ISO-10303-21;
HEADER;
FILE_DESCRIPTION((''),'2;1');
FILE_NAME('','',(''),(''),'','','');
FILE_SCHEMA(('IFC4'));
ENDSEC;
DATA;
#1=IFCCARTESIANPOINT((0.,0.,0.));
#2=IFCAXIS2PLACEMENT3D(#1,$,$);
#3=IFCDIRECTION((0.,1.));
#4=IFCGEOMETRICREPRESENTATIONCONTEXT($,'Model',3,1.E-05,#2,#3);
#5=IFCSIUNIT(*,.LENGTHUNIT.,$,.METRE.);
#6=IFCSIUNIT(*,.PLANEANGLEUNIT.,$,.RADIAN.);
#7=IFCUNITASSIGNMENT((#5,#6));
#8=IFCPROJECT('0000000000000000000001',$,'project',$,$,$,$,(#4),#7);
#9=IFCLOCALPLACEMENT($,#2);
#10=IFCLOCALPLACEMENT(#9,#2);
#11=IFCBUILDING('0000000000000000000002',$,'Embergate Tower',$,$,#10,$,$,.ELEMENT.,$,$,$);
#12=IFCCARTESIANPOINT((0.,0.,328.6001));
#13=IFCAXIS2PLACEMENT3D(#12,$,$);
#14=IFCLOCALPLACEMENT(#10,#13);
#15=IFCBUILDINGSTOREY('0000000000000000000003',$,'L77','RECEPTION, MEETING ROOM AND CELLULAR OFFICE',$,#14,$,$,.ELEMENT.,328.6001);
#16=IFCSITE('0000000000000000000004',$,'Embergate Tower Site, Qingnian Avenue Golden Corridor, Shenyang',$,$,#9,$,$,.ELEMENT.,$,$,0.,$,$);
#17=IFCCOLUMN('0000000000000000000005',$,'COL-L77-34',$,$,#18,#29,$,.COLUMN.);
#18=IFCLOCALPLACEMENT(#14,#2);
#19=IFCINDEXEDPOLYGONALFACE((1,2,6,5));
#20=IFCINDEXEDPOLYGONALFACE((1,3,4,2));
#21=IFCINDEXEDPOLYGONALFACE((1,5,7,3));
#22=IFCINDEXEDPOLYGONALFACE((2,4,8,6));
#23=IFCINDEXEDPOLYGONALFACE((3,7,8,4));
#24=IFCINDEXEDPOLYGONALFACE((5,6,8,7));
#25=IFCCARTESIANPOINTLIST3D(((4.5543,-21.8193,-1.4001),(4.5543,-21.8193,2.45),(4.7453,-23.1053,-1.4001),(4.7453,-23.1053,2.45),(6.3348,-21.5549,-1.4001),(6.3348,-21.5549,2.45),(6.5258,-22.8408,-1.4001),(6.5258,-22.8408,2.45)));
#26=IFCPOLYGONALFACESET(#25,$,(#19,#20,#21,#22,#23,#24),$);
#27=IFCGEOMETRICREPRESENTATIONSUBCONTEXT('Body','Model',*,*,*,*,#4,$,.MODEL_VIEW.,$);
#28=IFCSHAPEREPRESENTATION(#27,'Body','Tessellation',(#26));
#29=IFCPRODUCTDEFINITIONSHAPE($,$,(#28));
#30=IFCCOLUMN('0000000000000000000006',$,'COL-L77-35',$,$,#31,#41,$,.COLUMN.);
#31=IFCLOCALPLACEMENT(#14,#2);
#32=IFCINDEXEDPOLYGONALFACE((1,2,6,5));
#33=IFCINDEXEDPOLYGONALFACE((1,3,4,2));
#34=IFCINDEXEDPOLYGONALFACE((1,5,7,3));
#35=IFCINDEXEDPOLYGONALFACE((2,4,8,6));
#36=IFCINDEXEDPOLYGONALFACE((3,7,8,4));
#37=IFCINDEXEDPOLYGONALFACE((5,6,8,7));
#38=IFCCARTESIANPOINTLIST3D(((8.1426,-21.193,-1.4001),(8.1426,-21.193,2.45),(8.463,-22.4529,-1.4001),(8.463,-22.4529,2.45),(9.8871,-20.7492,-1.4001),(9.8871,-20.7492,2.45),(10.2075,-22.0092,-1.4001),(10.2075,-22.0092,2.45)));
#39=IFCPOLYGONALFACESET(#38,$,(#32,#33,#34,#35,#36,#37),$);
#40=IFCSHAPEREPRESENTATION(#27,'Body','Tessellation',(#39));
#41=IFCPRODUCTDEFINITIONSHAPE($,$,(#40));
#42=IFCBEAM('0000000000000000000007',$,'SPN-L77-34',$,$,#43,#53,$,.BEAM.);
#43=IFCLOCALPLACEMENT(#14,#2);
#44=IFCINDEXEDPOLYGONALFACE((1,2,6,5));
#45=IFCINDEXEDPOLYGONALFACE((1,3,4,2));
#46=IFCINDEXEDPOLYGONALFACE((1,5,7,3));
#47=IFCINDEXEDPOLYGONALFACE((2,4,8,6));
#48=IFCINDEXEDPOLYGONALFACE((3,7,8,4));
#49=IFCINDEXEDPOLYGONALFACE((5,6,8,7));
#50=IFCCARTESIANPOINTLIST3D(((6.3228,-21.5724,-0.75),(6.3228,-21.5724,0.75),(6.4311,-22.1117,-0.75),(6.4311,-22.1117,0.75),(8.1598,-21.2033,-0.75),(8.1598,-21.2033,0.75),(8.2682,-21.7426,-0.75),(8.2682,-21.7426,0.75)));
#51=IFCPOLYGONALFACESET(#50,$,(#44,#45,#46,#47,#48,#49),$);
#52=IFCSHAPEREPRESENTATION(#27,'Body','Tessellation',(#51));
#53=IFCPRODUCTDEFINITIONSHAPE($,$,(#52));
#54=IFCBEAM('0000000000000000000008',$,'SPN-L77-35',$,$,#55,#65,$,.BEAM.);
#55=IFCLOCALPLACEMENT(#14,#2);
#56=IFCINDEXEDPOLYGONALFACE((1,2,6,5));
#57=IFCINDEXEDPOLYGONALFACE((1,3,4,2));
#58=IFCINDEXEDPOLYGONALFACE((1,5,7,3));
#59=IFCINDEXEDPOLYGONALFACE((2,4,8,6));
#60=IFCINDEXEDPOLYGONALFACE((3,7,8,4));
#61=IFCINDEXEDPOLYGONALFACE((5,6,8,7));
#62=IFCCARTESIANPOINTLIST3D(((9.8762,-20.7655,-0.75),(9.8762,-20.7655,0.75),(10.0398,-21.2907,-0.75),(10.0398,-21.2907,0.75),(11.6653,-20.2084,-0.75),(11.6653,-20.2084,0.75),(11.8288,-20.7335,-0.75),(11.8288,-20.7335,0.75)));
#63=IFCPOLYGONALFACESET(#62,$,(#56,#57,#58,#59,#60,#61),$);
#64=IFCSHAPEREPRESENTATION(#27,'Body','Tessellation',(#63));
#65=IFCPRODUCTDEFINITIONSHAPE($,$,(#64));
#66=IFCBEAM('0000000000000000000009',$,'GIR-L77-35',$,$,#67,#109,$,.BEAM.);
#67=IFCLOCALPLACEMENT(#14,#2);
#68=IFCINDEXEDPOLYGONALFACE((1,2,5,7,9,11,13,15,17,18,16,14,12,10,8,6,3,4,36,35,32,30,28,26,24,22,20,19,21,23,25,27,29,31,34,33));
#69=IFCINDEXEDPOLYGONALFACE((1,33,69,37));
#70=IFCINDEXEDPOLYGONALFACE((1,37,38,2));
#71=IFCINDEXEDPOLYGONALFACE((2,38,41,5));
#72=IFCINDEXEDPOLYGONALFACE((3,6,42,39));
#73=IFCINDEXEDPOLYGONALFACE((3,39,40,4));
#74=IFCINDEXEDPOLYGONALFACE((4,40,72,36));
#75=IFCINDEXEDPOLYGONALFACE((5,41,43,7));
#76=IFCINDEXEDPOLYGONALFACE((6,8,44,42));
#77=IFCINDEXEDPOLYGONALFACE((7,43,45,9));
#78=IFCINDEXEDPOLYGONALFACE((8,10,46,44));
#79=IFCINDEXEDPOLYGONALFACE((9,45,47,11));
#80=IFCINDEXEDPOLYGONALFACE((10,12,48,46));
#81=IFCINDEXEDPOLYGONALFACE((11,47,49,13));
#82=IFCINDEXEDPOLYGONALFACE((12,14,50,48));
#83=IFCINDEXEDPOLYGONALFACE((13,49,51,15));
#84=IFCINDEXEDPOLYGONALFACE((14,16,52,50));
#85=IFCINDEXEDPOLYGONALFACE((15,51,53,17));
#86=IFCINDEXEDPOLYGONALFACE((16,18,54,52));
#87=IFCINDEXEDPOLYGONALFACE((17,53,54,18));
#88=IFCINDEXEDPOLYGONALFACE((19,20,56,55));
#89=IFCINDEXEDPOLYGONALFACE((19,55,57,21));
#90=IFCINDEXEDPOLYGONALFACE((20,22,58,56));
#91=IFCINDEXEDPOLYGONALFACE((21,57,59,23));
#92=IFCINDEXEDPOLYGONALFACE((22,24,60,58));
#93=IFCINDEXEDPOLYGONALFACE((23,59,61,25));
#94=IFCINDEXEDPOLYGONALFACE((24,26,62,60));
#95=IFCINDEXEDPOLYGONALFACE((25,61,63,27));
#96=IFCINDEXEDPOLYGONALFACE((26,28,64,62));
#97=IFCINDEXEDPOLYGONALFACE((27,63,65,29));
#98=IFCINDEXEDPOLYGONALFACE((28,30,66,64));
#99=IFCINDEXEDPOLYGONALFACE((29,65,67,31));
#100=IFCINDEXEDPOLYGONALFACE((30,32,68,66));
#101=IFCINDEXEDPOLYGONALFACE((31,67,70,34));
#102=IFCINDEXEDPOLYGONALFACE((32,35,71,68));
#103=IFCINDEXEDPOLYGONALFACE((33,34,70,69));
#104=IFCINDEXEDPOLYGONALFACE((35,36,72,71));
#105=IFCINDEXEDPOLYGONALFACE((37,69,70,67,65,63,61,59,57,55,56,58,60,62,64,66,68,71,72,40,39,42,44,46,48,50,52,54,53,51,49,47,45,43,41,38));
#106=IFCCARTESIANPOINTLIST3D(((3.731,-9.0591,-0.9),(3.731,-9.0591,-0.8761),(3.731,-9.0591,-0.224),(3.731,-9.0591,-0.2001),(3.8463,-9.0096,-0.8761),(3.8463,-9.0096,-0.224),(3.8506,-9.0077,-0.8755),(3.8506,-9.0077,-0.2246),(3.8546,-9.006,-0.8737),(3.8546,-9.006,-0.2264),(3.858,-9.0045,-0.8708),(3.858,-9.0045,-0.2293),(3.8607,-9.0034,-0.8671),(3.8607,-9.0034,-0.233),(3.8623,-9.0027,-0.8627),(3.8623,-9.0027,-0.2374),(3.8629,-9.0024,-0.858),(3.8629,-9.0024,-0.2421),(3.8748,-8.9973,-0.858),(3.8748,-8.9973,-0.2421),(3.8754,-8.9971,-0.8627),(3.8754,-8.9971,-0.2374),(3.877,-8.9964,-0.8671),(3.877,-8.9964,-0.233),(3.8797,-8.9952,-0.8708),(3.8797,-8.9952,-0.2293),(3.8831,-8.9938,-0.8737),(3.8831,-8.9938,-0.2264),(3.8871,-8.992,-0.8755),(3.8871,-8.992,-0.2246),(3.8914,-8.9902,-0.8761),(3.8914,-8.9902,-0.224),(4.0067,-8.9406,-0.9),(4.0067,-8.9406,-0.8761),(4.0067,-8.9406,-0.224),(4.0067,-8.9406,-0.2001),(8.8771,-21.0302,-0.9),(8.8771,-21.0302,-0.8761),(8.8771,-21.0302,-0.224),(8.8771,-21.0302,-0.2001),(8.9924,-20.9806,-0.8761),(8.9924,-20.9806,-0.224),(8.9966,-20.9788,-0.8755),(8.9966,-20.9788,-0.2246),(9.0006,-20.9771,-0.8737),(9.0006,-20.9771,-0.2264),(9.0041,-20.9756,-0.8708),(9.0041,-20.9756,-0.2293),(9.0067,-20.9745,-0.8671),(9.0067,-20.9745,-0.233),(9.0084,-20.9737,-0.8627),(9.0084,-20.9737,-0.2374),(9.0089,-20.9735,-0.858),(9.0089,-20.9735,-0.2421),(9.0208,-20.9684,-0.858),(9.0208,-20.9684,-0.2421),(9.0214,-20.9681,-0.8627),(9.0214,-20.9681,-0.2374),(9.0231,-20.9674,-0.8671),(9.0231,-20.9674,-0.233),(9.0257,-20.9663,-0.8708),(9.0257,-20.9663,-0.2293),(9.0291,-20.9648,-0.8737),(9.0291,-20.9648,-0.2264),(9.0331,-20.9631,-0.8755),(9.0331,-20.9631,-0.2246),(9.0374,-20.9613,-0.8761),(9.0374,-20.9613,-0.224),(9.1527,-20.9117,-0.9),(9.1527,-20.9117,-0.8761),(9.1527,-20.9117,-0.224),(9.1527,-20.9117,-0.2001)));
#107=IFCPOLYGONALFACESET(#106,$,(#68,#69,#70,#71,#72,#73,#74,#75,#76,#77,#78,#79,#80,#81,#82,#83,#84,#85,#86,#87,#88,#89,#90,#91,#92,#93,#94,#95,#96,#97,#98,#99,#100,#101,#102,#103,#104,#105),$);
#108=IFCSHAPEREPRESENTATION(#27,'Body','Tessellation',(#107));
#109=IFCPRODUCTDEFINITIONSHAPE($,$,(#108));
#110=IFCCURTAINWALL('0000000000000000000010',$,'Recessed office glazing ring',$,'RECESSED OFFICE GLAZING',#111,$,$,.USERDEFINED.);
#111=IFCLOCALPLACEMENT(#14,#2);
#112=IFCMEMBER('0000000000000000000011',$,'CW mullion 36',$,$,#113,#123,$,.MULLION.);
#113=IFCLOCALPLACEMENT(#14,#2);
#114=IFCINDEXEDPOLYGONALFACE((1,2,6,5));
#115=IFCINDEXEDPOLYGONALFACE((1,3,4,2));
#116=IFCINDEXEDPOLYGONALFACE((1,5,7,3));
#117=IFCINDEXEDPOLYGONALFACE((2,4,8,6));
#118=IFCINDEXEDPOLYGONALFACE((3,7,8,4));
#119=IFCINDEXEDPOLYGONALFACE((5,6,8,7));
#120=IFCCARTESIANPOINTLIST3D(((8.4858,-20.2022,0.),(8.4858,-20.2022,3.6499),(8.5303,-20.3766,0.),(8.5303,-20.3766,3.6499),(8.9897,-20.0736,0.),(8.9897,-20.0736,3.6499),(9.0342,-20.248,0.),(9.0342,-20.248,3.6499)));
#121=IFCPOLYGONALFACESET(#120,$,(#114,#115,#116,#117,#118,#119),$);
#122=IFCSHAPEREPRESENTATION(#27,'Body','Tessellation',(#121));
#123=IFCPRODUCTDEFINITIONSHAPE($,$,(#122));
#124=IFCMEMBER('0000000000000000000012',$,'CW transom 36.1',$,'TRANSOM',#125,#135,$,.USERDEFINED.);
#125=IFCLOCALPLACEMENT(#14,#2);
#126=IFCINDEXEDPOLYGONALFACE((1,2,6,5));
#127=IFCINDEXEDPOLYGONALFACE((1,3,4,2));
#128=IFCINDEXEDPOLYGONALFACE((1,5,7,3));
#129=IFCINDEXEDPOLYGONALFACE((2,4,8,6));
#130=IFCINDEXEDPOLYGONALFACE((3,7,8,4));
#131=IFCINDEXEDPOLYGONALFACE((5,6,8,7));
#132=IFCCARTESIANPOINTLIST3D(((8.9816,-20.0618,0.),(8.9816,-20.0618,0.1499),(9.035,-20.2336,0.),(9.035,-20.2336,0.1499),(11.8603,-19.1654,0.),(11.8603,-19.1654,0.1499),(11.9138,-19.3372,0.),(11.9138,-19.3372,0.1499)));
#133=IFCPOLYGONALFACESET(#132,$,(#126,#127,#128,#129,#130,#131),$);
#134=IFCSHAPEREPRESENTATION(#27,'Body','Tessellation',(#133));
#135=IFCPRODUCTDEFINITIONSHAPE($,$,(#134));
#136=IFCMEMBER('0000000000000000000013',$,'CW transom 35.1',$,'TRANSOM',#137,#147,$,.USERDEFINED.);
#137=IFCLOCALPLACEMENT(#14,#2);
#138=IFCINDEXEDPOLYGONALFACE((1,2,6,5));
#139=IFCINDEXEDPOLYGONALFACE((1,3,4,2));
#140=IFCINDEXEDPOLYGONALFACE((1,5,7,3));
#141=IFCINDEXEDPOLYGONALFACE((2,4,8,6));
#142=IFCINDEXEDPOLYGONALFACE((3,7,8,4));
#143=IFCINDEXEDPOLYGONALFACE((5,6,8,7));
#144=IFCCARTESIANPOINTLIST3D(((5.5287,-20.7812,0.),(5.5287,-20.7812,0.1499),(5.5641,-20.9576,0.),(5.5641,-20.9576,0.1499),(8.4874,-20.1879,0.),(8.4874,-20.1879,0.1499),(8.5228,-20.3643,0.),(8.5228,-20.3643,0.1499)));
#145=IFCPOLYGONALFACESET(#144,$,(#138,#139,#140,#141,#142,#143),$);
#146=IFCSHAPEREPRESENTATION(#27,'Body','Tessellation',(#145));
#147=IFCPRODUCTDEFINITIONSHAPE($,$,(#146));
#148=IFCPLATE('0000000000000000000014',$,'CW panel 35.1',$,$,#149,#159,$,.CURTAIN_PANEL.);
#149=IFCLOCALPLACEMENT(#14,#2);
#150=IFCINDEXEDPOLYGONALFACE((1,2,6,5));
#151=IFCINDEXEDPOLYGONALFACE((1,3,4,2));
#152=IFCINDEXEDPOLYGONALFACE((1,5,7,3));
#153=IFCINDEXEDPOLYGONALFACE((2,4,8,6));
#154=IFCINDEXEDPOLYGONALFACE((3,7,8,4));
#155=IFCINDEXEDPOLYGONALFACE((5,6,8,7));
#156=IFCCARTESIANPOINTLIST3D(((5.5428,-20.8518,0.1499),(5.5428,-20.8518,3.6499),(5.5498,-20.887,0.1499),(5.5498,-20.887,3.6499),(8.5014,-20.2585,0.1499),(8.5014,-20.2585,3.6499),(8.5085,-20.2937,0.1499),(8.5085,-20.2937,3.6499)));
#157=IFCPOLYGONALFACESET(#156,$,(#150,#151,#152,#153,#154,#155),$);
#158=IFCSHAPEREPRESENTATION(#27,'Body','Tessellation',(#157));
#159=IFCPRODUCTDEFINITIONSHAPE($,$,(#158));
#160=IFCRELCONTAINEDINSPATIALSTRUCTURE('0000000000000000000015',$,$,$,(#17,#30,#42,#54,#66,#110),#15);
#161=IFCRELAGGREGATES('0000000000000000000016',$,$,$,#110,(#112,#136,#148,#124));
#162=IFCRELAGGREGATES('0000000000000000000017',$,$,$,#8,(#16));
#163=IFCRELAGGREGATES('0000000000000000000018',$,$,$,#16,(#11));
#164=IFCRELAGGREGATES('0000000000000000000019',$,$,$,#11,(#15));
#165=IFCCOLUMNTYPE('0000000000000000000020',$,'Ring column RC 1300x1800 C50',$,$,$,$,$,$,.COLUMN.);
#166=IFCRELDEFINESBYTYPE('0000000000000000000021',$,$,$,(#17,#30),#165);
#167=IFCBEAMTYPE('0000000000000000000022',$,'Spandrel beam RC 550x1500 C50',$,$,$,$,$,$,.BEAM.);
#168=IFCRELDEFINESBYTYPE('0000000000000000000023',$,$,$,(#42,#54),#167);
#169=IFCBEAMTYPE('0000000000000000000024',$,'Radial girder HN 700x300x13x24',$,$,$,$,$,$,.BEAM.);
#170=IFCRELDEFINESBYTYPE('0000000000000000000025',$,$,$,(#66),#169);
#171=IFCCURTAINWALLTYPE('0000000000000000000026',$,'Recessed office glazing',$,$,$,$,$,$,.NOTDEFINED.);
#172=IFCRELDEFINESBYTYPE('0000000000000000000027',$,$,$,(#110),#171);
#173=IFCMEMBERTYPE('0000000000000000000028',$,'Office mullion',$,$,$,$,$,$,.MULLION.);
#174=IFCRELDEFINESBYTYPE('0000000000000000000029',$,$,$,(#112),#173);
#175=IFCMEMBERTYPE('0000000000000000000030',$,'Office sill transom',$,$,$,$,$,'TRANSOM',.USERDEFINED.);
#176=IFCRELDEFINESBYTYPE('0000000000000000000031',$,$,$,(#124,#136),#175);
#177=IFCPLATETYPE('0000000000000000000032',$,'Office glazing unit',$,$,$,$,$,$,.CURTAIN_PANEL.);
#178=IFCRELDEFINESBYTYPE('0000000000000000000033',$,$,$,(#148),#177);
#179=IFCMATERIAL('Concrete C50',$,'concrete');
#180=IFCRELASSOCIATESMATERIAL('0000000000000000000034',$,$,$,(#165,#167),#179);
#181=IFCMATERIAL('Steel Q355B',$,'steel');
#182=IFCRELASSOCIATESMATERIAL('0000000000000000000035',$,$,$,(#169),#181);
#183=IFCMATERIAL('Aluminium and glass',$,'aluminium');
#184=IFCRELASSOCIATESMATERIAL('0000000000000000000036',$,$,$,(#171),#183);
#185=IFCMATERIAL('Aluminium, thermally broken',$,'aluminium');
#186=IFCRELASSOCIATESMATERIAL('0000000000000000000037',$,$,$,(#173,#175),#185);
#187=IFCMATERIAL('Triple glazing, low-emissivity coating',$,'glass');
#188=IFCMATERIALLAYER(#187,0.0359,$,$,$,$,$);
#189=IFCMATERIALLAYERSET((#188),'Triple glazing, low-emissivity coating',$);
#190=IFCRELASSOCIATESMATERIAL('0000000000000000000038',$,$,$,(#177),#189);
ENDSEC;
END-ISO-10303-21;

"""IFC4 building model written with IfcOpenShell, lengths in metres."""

from ifc_helpers import new_model, si_unit, direction, frame, origin, origin_2d, place, context, subcontext, project, spatial, rectangle, i_section, extrude, source, transform, mapped, material, layer, layer_set, material_profile, profile_set, type_object, element, aggregate, save


model = new_model("IFC4")

# Units and contexts
model_context = context("Model", 3, precision=1e-05, world=origin(), true_north=direction((0.0, 1.0)))
body_context = subcontext(model_context, "Body", "Model", "MODEL_VIEW")
ifc_project = project(units=[si_unit("LENGTHUNIT", "METRE"), si_unit("PLANEANGLEUNIT", "RADIAN")], contexts=[model_context])

# Site, building, storey
site_placement = place(None, origin())
site = spatial("IfcSite", under=ifc_project, at=site_placement, Name="Embergate Tower Site, Qingnian Avenue Golden Corridor, Shenyang", CompositionType="ELEMENT", RefElevation=0.0)
building_placement = place(site_placement, origin())
building = spatial("IfcBuilding", under=site, at=building_placement, Name="Embergate Tower", CompositionType="ELEMENT")
storey_placement = place(building_placement, frame((0.0, 0.0, 328.6001)))
storey = spatial("IfcBuildingStorey", under=building, at=storey_placement, Name="L77", Description="RECEPTION, MEETING ROOM AND CELLULAR OFFICE", CompositionType="ELEMENT", Elevation=328.6001)

# Columns
ifc_material_1 = material(Name="Concrete C50", Category="concrete")
ifc_material_profile_1 = material_profile(ifc_material_1, rectangle(XDim=1.3, YDim=1.8, at=origin_2d()), Name="RC 1300x1800")
ifc_profile_set_1 = profile_set([ifc_material_profile_1], Name="Concrete C50")
column_type = type_object("IfcColumnType", Name="Ring column RC 1300x1800 C50", PredefinedType="COLUMN", material=ifc_profile_set_1)
shared_shape_1 = source(origin(), body_context, "Body", "SweptSolid", [
    extrude(rectangle(XDim=1.3, YDim=1.8, at=origin_2d()), origin(), (0.0, 0.0, 1.0), 3.8501),
])
for number, where, z_axis, x_axis, name in (
    (1, (5.54, -22.3301, -1.4001), (0.0, 0.0, 1.0), (0.146929, -0.989147, 0.0), "COL-L77-34"),
    (2, (9.175, -21.6011, -1.4001), (0.0, 0.0, 1.0), (0.246509, -0.969141, 0.0), "COL-L77-35"),
):
    element("IfcColumn", number, at=place(storey_placement, frame(where, z_axis=z_axis, x_axis=x_axis)), inside=storey, type_object=column_type, Name=name, PredefinedType="COLUMN", context=body_context, shape_type="MappedRepresentation", body=[
        mapped(shared_shape_1, transform((0.0, 0.0, 0.0))),
    ])

# Beams
ifc_material_profile_2 = material_profile(ifc_material_1, rectangle(XDim=0.55, YDim=1.5, at=origin_2d()), Name="RC 550x1500")
ifc_profile_set_2 = profile_set([ifc_material_profile_2], Name="Concrete C50")
beam_type_1 = type_object("IfcBeamType", Name="Spandrel beam RC 550x1500 C50", PredefinedType="BEAM", material=ifc_profile_set_2)
shared_shape_2 = source(origin(), body_context, "Body", "SweptSolid", [
    extrude(rectangle(XDim=0.55, YDim=1.5, at=origin_2d()), origin(), (0.0, 0.0, 1.0), 1.8738),
])
for number, where, z_axis, x_axis, name in (
    (3, (6.377, -21.842, 0.0), (0.980405, 0.196993, 0.0), (-0.196993, 0.980405, 0.0), "SPN-L77-34"),
    (4, (9.958, -21.0281, 0.0), (0.954776, 0.297325, 0.0), (-0.297325, 0.954776, 0.0), "SPN-L77-35"),
):
    element("IfcBeam", number, at=place(storey_placement, frame(where, z_axis=z_axis, x_axis=x_axis)), inside=storey, type_object=beam_type_1, Name=name, PredefinedType="BEAM", context=body_context, shape_type="MappedRepresentation", body=[
        mapped(shared_shape_2, transform((0.0, 0.0, 0.0))),
    ])
ifc_material_2 = material(Name="Steel Q355B", Category="steel")
ifc_material_profile_3 = material_profile(ifc_material_2, i_section(OverallWidth=0.3, OverallDepth=0.7, WebThickness=0.0129, FlangeThickness=0.0239, FilletRadius=0.0181, at=origin_2d()), Name="HN 700x300x13x24")
ifc_profile_set_3 = profile_set([ifc_material_profile_3], Name="Steel Q355 grade B")
beam_type_2 = type_object("IfcBeamType", Name="Radial girder HN 700x300x13x24", PredefinedType="BEAM", material=ifc_profile_set_3)
shared_shape_3 = source(origin(), body_context, "Body", "SweptSolid", [
    extrude(i_section(OverallWidth=0.3, OverallDepth=0.7, WebThickness=0.0129, FlangeThickness=0.0239, FilletRadius=0.0181, at=origin_2d()), origin(), (0.0, 0.0, 1.0), 13.0303),
])
beam_placement = place(storey_placement, frame((9.0149, -20.9709, -0.55), z_axis=(-0.39493, 0.918711, 0.0), x_axis=(-0.918711, -0.39493, 0.0)))
element("IfcBeam", 5, at=beam_placement, inside=storey, type_object=beam_type_2, Name="GIR-L77-35", PredefinedType="BEAM", context=body_context, shape_type="MappedRepresentation", body=[
    mapped(shared_shape_3, transform((0.0, 0.0, 0.0))),
])

# Curtain wall, members, plate
ifc_material_3 = material(Name="Aluminium and glass", Category="aluminium")
curtain_wall_type = type_object("IfcCurtainWallType", Name="Recessed office glazing", PredefinedType="NOTDEFINED", material=ifc_material_3)
curtain_wall_placement = place(storey_placement, origin())
curtain_wall = element("IfcCurtainWall", 6, at=curtain_wall_placement, inside=storey, type_object=curtain_wall_type, Name="Recessed office glazing ring", ObjectType="RECESSED OFFICE GLAZING", PredefinedType="USERDEFINED")
ifc_material_4 = material(Name="Aluminium, thermally broken", Category="aluminium")
ifc_material_profile_4 = material_profile(ifc_material_4, rectangle(XDim=0.1799, YDim=0.52, at=origin_2d()), Name="AL 520x180")
ifc_profile_set_4 = profile_set([ifc_material_profile_4], Name="Aluminium, thermally broken")
member_type_1 = type_object("IfcMemberType", Name="Office mullion", PredefinedType="MULLION", material=ifc_profile_set_4)
shared_shape_4 = source(origin(), body_context, "Body", "SweptSolid", [
    extrude(rectangle(XDim=0.1799, YDim=0.52, at=origin_2d()), origin(), (0.0, 0.0, 1.0), 3.6499),
])
member_1_placement = place(storey_placement, frame((8.76, -20.2251, 0.0), z_axis=(0.0, 0.0, 1.0), x_axis=(-0.247307, 0.968937, 0.0)))
member_1 = element("IfcMember", 7, at=member_1_placement, type_object=member_type_1, Name="CW mullion 36", PredefinedType="MULLION", context=body_context, shape_type="MappedRepresentation", body=[
    mapped(shared_shape_4, transform((0.0, 0.0, 0.0))),
])
ifc_material_profile_5 = material_profile(ifc_material_4, rectangle(XDim=0.1799, YDim=0.1499, at=origin_2d()), Name="AL 150x180")
ifc_profile_set_5 = profile_set([ifc_material_profile_5], Name="Aluminium, thermally broken")
member_type_2 = type_object("IfcMemberType", Name="Office sill transom", ElementType="TRANSOM", PredefinedType="USERDEFINED", material=ifc_profile_set_5)
shared_shape_5 = source(origin(), body_context, "Body", "SweptSolid", [
    extrude(rectangle(XDim=0.1799, YDim=0.1499, at=origin_2d()), origin(), (0.0, 0.0, 1.0), 3.0151),
])
member_2_placement = place(storey_placement, frame((9.0083, -20.1477, 0.075), z_axis=(0.954779, 0.297316, 0.0), x_axis=(-0.297316, 0.954779, 0.0)))
member_2 = element("IfcMember", 8, at=member_2_placement, type_object=member_type_2, Name="CW transom 36.1", ObjectType="TRANSOM", PredefinedType="USERDEFINED", context=body_context, shape_type="MappedRepresentation", body=[
    mapped(shared_shape_5, transform((0.0, 0.0, 0.0))),
])
shared_shape_6 = source(origin(), body_context, "Body", "SweptSolid", [
    extrude(rectangle(XDim=0.1799, YDim=0.1499, at=origin_2d()), origin(), (0.0, 0.0, 1.0), 3.0176),
])
member_3_placement = place(storey_placement, frame((5.5464, -20.8694, 0.075), z_axis=(0.980484, 0.196598, 0.0), x_axis=(-0.196598, 0.980484, 0.0)))
member_3 = element("IfcMember", 9, at=member_3_placement, type_object=member_type_2, Name="CW transom 35.1", ObjectType="TRANSOM", PredefinedType="USERDEFINED", context=body_context, shape_type="MappedRepresentation", body=[
    mapped(shared_shape_6, transform((0.0, 0.0, 0.0))),
])
ifc_material_5 = material(Name="Triple glazing, low-emissivity coating", Category="glass")
ifc_layer_1 = layer(ifc_material_5, 0.0359)
ifc_layer_set_1 = layer_set([ifc_layer_1], Name="Triple glazing, low-emissivity coating")
plate_type = type_object("IfcPlateType", Name="Office glazing unit", PredefinedType="CURTAIN_PANEL", material=ifc_layer_set_1)
shared_shape_7 = source(origin(), body_context, "Body", "SweptSolid", [
    extrude(rectangle(XDim=3.0176, YDim=0.0359, at=origin_2d()), origin(), (0.0, 0.0, 1.0), 3.5),
])
plate_placement = place(storey_placement, frame((7.0256, -20.5728, 0.1499), z_axis=(0.0, 0.0, 1.0), x_axis=(0.980476, 0.196639, 0.0)))
plate = element("IfcPlate", 10, at=plate_placement, type_object=plate_type, Name="CW panel 35.1", PredefinedType="CURTAIN_PANEL", context=body_context, shape_type="MappedRepresentation", body=[
    mapped(shared_shape_7, transform((0.0, 0.0, 0.0))),
])
aggregate(curtain_wall, [member_1, member_3, plate, member_2])

save(model, "model.ifc")
